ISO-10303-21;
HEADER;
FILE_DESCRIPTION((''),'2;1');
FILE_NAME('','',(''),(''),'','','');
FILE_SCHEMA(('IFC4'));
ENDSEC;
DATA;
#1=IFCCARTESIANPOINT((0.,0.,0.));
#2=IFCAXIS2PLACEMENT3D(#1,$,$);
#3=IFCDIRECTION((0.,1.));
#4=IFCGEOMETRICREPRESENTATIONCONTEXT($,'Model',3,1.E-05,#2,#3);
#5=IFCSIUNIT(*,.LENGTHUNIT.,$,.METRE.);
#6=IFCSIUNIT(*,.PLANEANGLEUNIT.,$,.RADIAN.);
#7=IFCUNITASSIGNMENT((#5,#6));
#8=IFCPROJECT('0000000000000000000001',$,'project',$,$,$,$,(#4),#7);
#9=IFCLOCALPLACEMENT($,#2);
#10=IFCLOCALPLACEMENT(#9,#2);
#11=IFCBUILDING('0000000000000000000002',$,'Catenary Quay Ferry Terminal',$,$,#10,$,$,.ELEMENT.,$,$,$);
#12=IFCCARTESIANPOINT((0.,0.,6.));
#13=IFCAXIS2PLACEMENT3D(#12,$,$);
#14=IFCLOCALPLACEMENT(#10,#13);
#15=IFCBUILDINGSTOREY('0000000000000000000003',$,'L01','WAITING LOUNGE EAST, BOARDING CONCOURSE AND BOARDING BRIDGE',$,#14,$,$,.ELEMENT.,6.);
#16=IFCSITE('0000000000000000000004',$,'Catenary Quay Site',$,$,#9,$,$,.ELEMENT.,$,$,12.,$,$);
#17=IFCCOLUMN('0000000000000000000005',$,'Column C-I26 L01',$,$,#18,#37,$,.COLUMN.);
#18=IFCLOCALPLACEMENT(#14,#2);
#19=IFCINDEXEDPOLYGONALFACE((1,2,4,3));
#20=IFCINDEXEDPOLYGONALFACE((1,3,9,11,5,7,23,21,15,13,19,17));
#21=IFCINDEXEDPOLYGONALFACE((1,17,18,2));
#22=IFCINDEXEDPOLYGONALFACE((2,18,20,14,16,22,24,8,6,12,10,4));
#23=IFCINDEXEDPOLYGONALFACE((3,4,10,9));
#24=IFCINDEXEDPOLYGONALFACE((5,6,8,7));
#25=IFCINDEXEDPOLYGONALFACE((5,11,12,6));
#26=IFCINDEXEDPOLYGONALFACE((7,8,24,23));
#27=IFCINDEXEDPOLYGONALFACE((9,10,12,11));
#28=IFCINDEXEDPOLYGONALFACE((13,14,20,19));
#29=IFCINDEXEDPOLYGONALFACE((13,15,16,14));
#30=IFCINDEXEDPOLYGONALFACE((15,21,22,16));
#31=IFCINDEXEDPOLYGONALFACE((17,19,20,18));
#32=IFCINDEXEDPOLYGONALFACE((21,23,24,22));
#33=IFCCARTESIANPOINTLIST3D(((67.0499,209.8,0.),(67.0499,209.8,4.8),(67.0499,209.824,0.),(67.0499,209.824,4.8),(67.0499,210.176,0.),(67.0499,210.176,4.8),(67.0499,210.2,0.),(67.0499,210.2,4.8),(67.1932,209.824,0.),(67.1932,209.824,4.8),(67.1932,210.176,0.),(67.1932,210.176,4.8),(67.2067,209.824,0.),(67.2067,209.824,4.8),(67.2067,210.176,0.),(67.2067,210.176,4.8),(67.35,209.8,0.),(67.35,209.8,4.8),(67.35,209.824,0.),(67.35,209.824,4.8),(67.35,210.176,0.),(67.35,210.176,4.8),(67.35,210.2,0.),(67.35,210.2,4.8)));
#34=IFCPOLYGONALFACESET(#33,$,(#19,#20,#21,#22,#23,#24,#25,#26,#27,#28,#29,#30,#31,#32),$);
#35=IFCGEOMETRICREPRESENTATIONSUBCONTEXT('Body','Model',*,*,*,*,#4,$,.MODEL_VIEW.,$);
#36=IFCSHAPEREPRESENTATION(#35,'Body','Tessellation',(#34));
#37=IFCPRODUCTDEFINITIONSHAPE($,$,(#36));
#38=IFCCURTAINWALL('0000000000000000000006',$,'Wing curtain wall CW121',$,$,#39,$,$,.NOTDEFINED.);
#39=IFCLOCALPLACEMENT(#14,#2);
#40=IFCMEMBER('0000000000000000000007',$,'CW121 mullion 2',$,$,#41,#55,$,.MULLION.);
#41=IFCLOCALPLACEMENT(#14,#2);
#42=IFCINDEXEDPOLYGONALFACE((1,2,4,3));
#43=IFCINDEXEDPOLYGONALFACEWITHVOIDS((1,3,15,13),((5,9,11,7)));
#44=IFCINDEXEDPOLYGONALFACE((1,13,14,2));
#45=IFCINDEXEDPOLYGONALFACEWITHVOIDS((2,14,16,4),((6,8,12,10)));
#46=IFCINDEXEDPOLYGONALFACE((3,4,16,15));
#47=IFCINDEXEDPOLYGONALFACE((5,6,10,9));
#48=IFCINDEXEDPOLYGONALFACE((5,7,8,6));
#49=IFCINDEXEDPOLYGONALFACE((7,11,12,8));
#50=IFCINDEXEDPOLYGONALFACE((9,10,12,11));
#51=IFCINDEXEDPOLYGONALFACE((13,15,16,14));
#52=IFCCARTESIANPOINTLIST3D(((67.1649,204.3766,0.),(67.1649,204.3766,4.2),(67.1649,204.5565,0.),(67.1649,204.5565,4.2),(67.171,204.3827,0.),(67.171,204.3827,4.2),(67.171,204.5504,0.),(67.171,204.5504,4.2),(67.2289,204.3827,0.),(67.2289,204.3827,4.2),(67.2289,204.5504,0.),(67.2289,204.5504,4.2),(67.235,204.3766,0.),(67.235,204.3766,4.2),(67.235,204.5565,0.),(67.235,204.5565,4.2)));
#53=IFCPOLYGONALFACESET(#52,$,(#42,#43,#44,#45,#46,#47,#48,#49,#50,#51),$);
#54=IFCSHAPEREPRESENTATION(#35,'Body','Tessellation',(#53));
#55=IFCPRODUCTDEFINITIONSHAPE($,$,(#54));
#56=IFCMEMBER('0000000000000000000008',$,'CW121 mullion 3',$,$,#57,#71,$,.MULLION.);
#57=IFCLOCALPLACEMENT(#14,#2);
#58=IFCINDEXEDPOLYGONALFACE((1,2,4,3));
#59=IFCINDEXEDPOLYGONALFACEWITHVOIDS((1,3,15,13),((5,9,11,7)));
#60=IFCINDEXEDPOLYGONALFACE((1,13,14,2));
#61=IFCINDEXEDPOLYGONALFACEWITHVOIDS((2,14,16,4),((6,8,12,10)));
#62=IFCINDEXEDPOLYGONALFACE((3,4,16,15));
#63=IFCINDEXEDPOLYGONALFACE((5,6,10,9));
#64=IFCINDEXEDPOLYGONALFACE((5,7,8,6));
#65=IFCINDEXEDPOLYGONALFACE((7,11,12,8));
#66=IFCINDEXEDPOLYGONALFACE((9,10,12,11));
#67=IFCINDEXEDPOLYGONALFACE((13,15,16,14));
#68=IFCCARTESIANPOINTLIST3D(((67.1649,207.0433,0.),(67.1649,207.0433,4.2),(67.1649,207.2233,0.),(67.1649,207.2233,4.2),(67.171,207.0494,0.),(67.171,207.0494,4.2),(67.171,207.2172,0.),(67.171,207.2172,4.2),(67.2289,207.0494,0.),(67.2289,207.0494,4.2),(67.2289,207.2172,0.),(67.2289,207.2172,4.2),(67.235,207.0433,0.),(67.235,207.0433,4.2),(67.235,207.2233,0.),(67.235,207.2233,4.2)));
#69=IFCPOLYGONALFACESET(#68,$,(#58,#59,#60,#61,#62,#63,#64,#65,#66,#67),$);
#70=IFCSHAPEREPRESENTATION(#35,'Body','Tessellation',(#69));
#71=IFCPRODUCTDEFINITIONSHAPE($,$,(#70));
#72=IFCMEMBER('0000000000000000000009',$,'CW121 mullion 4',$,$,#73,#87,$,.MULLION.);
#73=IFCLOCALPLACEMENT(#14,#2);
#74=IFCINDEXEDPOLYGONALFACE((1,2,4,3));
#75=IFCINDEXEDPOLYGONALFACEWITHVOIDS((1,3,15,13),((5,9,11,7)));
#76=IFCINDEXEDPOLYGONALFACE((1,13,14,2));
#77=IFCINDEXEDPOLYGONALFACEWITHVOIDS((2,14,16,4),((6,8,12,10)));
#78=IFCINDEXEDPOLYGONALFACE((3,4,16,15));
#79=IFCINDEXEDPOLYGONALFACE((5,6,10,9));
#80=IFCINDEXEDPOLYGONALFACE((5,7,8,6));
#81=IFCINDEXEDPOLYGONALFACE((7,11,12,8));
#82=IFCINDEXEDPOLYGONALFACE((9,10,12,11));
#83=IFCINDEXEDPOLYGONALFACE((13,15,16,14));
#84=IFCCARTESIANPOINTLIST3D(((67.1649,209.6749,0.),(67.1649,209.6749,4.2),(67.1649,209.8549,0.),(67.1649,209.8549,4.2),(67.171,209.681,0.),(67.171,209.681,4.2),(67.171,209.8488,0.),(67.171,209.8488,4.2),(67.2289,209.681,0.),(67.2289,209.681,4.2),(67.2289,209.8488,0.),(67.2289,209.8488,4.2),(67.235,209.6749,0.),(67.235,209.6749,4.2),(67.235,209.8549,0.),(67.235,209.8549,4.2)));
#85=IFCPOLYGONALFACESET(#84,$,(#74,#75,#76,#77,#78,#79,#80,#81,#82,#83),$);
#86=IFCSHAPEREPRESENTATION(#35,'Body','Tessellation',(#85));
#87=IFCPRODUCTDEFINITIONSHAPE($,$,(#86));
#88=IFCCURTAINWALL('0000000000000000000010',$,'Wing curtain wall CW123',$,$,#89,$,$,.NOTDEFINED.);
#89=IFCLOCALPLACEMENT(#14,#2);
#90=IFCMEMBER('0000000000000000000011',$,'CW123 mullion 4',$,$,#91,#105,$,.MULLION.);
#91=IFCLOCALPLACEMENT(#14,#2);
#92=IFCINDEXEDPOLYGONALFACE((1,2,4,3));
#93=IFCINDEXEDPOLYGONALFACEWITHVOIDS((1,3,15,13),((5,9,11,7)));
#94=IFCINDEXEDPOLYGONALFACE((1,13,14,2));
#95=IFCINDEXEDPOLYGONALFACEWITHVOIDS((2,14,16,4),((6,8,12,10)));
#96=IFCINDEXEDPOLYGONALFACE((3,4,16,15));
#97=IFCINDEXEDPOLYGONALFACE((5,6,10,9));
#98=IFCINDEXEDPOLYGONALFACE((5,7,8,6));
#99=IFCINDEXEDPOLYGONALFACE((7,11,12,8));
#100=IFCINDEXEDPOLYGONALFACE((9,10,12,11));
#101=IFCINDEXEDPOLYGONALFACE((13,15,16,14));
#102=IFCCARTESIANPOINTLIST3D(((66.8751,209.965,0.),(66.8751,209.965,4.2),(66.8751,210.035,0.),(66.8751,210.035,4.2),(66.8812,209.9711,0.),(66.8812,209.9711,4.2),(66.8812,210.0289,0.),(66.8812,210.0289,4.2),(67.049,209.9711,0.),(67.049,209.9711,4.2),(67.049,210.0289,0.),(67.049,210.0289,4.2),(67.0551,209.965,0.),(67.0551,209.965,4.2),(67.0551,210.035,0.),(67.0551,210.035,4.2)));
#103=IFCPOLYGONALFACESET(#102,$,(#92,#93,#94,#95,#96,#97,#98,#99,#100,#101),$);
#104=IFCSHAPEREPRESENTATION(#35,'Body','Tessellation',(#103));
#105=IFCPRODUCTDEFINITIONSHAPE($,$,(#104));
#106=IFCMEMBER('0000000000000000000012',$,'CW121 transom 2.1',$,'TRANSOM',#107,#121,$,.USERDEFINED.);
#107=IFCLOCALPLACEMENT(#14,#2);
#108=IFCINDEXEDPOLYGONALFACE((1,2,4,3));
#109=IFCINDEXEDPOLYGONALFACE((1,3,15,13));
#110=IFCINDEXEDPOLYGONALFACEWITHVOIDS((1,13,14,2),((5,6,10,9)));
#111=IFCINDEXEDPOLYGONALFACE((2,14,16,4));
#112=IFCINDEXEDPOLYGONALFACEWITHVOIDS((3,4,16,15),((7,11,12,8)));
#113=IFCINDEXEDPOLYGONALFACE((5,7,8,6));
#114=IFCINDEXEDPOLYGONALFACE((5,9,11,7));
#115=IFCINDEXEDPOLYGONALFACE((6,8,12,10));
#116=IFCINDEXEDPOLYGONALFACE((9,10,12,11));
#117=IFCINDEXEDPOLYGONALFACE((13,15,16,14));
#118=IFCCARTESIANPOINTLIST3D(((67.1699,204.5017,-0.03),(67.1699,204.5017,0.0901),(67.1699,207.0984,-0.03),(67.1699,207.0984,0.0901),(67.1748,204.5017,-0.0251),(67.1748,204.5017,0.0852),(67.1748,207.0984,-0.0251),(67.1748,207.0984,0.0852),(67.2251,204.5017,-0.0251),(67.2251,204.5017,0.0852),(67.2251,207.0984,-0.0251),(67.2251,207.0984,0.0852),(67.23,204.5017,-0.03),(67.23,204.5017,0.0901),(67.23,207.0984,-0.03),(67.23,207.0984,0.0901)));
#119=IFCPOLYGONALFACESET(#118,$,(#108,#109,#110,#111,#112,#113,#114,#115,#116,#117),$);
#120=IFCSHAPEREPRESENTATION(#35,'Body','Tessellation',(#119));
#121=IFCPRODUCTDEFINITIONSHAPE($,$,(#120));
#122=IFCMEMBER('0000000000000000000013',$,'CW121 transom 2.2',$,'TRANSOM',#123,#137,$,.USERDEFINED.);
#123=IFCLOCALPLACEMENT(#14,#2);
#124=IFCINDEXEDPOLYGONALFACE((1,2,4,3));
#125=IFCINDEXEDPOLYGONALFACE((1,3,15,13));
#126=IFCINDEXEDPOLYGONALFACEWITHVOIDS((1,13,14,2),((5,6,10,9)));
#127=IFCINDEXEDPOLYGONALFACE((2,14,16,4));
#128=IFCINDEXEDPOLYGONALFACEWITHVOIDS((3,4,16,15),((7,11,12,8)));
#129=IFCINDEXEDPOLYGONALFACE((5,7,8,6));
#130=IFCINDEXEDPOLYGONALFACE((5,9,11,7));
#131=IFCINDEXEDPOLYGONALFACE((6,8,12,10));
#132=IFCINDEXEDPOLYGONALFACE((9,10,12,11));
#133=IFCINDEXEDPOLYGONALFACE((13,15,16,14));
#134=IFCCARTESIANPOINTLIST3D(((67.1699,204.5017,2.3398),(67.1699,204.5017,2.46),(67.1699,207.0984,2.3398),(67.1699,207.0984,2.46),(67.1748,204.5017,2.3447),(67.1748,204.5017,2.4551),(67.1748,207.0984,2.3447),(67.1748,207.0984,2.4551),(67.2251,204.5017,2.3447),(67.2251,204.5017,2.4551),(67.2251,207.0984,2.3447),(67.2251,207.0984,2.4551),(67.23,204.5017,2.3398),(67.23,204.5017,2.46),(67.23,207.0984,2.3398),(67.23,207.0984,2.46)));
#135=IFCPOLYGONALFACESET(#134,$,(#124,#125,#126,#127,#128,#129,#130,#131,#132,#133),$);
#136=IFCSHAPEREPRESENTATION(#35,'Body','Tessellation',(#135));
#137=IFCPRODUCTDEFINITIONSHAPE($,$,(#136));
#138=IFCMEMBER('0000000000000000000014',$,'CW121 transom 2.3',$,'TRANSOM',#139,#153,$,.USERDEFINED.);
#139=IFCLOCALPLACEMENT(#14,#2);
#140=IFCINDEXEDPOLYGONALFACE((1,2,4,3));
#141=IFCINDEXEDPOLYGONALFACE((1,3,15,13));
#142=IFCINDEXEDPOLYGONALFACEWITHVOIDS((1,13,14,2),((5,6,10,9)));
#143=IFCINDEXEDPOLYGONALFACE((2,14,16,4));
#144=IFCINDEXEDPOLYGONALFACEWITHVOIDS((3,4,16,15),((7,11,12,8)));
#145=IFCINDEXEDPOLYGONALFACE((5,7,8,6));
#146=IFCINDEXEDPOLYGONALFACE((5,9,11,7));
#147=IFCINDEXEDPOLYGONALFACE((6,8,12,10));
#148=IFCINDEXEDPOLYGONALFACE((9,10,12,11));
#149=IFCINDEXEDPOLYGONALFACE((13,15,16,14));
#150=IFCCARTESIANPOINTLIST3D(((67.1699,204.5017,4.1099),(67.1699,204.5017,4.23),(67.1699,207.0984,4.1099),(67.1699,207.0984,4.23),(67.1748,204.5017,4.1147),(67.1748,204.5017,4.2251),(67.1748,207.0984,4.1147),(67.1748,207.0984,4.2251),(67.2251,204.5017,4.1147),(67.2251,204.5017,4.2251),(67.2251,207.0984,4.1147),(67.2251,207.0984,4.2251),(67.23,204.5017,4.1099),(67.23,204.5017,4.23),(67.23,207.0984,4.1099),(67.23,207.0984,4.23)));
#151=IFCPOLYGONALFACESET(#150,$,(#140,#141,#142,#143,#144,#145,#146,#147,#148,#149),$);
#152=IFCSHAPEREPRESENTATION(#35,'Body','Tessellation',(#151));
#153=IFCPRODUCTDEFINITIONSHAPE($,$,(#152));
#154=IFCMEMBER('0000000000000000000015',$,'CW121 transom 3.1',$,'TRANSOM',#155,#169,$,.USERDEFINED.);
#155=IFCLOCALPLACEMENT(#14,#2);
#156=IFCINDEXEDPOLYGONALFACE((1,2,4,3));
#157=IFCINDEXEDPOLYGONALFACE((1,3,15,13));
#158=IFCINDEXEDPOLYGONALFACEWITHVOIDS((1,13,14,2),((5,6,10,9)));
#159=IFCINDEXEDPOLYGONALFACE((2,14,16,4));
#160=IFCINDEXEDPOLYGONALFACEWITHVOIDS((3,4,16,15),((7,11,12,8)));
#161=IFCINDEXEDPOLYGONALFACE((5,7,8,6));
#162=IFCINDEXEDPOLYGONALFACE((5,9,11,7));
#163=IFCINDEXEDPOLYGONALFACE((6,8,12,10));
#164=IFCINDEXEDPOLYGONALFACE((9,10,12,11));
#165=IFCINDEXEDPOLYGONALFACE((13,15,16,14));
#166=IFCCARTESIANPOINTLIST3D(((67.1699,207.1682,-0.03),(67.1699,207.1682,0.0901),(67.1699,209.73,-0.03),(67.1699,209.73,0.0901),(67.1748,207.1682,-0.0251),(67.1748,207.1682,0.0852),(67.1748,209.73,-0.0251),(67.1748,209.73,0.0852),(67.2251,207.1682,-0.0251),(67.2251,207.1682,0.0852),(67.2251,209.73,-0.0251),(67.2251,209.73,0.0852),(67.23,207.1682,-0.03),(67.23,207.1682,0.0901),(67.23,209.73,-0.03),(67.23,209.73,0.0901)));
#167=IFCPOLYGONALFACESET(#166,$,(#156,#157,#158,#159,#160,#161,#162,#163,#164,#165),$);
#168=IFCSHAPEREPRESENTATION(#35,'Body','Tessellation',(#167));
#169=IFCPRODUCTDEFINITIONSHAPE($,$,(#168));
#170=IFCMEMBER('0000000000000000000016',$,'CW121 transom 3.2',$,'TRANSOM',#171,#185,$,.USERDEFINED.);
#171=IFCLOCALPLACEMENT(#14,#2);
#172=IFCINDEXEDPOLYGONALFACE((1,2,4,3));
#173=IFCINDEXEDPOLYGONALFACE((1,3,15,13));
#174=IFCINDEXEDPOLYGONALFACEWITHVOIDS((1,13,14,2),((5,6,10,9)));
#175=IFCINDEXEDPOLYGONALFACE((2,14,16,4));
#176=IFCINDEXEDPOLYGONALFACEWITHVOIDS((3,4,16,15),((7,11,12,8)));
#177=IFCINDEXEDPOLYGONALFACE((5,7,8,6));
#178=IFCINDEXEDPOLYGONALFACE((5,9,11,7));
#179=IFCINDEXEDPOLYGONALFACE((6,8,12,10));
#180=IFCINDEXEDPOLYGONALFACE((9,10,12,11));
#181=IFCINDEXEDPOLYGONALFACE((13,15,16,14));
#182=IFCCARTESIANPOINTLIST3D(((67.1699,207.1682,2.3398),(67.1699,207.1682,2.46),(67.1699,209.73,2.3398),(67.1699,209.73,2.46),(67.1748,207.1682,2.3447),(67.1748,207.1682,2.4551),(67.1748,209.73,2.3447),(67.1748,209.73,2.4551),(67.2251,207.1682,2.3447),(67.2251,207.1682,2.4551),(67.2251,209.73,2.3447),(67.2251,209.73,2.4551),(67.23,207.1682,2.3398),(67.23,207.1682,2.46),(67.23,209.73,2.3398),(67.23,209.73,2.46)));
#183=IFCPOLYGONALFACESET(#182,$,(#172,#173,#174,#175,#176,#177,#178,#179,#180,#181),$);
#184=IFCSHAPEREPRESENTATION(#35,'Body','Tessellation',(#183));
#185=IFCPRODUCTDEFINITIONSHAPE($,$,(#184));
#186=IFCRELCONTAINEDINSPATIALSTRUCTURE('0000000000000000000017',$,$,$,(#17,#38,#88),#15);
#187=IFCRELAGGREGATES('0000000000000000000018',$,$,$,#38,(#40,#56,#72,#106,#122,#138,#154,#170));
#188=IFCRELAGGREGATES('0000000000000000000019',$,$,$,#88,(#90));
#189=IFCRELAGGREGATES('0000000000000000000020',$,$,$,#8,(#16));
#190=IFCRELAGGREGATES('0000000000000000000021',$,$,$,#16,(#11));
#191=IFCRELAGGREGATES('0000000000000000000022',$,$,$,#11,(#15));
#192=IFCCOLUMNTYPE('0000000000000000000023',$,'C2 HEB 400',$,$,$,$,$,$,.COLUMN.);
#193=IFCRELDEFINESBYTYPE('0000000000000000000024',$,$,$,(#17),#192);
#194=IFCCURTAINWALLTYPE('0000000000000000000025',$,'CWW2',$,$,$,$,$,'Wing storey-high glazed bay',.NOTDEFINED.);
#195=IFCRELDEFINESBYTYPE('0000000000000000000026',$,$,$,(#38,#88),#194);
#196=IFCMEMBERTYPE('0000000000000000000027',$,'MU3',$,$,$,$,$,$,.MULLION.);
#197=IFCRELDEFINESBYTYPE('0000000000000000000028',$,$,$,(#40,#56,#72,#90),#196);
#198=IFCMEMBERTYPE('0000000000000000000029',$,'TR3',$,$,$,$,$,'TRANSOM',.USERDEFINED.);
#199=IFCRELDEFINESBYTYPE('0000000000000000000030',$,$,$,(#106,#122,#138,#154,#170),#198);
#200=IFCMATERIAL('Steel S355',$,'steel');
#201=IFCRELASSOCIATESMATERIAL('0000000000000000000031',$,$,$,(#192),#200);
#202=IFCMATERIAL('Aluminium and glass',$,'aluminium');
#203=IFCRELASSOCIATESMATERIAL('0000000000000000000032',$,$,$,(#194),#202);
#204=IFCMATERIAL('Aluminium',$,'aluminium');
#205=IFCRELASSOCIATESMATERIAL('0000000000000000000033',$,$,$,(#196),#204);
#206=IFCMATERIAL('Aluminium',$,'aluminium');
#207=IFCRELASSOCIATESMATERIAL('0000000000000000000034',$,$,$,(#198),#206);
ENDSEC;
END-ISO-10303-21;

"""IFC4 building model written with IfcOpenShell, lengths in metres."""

from ifc_helpers import new_model, si_unit, direction, frame, origin, origin_2d, place, context, subcontext, project, spatial, hollow_rectangle, i_section, extrude, material, material_profile, profile_set, type_object, element, aggregate, save


model = new_model("IFC4")

# Units and contexts
model_context = context("Model", 3, precision=1e-05, world=origin(), true_north=direction((0.0, 1.0)))
body_context = subcontext(model_context, "Body", "Model", "MODEL_VIEW")
ifc_project = project(units=[si_unit("LENGTHUNIT", "METRE"), si_unit("PLANEANGLEUNIT", "RADIAN")], contexts=[model_context])

# Site, building, storey
site_placement = place(None, origin())
site = spatial("IfcSite", under=ifc_project, at=site_placement, Name="Catenary Quay Site", CompositionType="ELEMENT", RefElevation=12.0)
building_placement = place(site_placement, origin())
building = spatial("IfcBuilding", under=site, at=building_placement, Name="Catenary Quay Ferry Terminal", CompositionType="ELEMENT")
storey_placement = place(building_placement, frame((0.0, 0.0, 6.0)))
storey = spatial("IfcBuildingStorey", under=building, at=storey_placement, Name="L01", Description="WAITING LOUNGE EAST, BOARDING CONCOURSE AND BOARDING BRIDGE", CompositionType="ELEMENT", Elevation=6.0)

# Column
ifc_material_1 = material(Name="Steel S355", Category="steel")
ifc_material_profile_1 = material_profile(ifc_material_1, i_section(OverallWidth=0.3, OverallDepth=0.3999, WebThickness=0.0134, FlangeThickness=0.0239, at=origin_2d()), Name="HEB 400")
ifc_profile_set_1 = profile_set([ifc_material_profile_1], Name="Steel S355")
column_type = type_object("IfcColumnType", Name="C2 HEB 400", PredefinedType="COLUMN", material=ifc_profile_set_1)
column_placement = place(storey_placement, frame((67.2, 210.0, 0.0), z_axis=(0.0, 0.0, 1.0), x_axis=(1.0, 0.0, 0.0)))
element("IfcColumn", 1, at=column_placement, inside=storey, type_object=column_type, Name="Column C-I26 L01", PredefinedType="COLUMN", context=body_context, shape_type="SweptSolid", body=[
    extrude(i_section(OverallWidth=0.3, OverallDepth=0.3999, WebThickness=0.0134, FlangeThickness=0.0239, at=origin_2d()), origin(), (0.0, 0.0, 1.0), 4.8),
])

# Curtain wall, members
ifc_material_2 = material(Name="Aluminium and glass", Category="aluminium")
curtain_wall_type = type_object("IfcCurtainWallType", Name="CWW2", ElementType="Wing storey-high glazed bay", PredefinedType="NOTDEFINED", material=ifc_material_2)
curtain_wall_1_placement = place(storey_placement, origin())
curtain_wall_1 = element("IfcCurtainWall", 2, at=curtain_wall_1_placement, inside=storey, type_object=curtain_wall_type, Name="Wing curtain wall CW121", PredefinedType="NOTDEFINED")
ifc_material_3 = material(Name="Aluminium", Category="aluminium")
ifc_material_profile_2 = material_profile(ifc_material_3, hollow_rectangle(XDim=0.0701, YDim=0.1799, WallThickness=0.0061, at=origin_2d()), Name="MU3")
ifc_profile_set_2 = profile_set([ifc_material_profile_2], Name="Aluminium")
member_type_1 = type_object("IfcMemberType", Name="MU3", PredefinedType="MULLION", material=ifc_profile_set_2)
member_1_placement = place(storey_placement, frame((67.2, 204.4666, 0.0), z_axis=(0.0, 0.0, 1.0), x_axis=(-1.0, 0.0, 0.0)))
member_1 = element("IfcMember", 3, at=member_1_placement, type_object=member_type_1, Name="CW121 mullion 2", PredefinedType="MULLION", context=body_context, shape_type="SweptSolid", body=[
    extrude(hollow_rectangle(XDim=0.0701, YDim=0.1799, WallThickness=0.0061, at=origin_2d()), origin(), (0.0, 0.0, 1.0), 4.2),
])
member_2_placement = place(storey_placement, frame((67.2, 207.1333, 0.0), z_axis=(0.0, 0.0, 1.0), x_axis=(-1.0, 0.0, 0.0)))
member_2 = element("IfcMember", 4, at=member_2_placement, type_object=member_type_1, Name="CW121 mullion 3", PredefinedType="MULLION", context=body_context, shape_type="SweptSolid", body=[
    extrude(hollow_rectangle(XDim=0.0701, YDim=0.1799, WallThickness=0.0061, at=origin_2d()), origin(), (0.0, 0.0, 1.0), 4.2),
])
member_3_placement = place(storey_placement, frame((67.2, 209.7649, 0.0), z_axis=(0.0, 0.0, 1.0), x_axis=(-1.0, 0.0, 0.0)))
member_3 = element("IfcMember", 5, at=member_3_placement, type_object=member_type_1, Name="CW121 mullion 4", PredefinedType="MULLION", context=body_context, shape_type="SweptSolid", body=[
    extrude(hollow_rectangle(XDim=0.0701, YDim=0.1799, WallThickness=0.0061, at=origin_2d()), origin(), (0.0, 0.0, 1.0), 4.2),
])

# Curtain wall, member
curtain_wall_2_placement = place(storey_placement, origin())
curtain_wall_2 = element("IfcCurtainWall", 6, at=curtain_wall_2_placement, inside=storey, type_object=curtain_wall_type, Name="Wing curtain wall CW123", PredefinedType="NOTDEFINED")
member_4_placement = place(storey_placement, frame((66.9651, 210.0, 0.0), z_axis=(0.0, 0.0, 1.0), x_axis=(0.0, 1.0, 0.0)))
member_4 = element("IfcMember", 7, at=member_4_placement, type_object=member_type_1, Name="CW123 mullion 4", PredefinedType="MULLION", context=body_context, shape_type="SweptSolid", body=[
    extrude(hollow_rectangle(XDim=0.0701, YDim=0.1799, WallThickness=0.0061, at=origin_2d()), origin(), (0.0, 0.0, 1.0), 4.2),
])

# Members
ifc_material_4 = material(Name="Aluminium", Category="aluminium")
ifc_material_profile_3 = material_profile(ifc_material_4, hollow_rectangle(XDim=0.0601, YDim=0.1201, WallThickness=0.0049, at=origin_2d()), Name="TR3")
ifc_profile_set_3 = profile_set([ifc_material_profile_3], Name="Aluminium")
member_type_2 = type_object("IfcMemberType", Name="TR3", ElementType="TRANSOM", PredefinedType="USERDEFINED", material=ifc_profile_set_3)
member_5_placement = place(storey_placement, frame((67.2, 204.5017, 0.03), z_axis=(0.0, 1.0, 0.0), x_axis=(-1.0, 0.0, 0.0)))
member_5 = element("IfcMember", 8, at=member_5_placement, type_object=member_type_2, Name="CW121 transom 2.1", ObjectType="TRANSOM", PredefinedType="USERDEFINED", context=body_context, shape_type="SweptSolid", body=[
    extrude(hollow_rectangle(XDim=0.0601, YDim=0.1201, WallThickness=0.0049, at=origin_2d()), origin(), (0.0, 0.0, 1.0), 2.5967),
])
member_6_placement = place(storey_placement, frame((67.2, 204.5017, 2.3999), z_axis=(0.0, 1.0, 0.0), x_axis=(-1.0, 0.0, 0.0)))
member_6 = element("IfcMember", 9, at=member_6_placement, type_object=member_type_2, Name="CW121 transom 2.2", ObjectType="TRANSOM", PredefinedType="USERDEFINED", context=body_context, shape_type="SweptSolid", body=[
    extrude(hollow_rectangle(XDim=0.0601, YDim=0.1201, WallThickness=0.0049, at=origin_2d()), origin(), (0.0, 0.0, 1.0), 2.5967),
])
member_7_placement = place(storey_placement, frame((67.2, 204.5017, 4.1699), z_axis=(0.0, 1.0, 0.0), x_axis=(-1.0, 0.0, 0.0)))
member_7 = element("IfcMember", 10, at=member_7_placement, type_object=member_type_2, Name="CW121 transom 2.3", ObjectType="TRANSOM", PredefinedType="USERDEFINED", context=body_context, shape_type="SweptSolid", body=[
    extrude(hollow_rectangle(XDim=0.0601, YDim=0.1201, WallThickness=0.0049, at=origin_2d()), origin(), (0.0, 0.0, 1.0), 2.5967),
])
member_8_placement = place(storey_placement, frame((67.2, 207.1682, 0.03), z_axis=(0.0, 1.0, 0.0), x_axis=(-1.0, 0.0, 0.0)))
member_8 = element("IfcMember", 11, at=member_8_placement, type_object=member_type_2, Name="CW121 transom 3.1", ObjectType="TRANSOM", PredefinedType="USERDEFINED", context=body_context, shape_type="SweptSolid", body=[
    extrude(hollow_rectangle(XDim=0.0601, YDim=0.1201, WallThickness=0.0049, at=origin_2d()), origin(), (0.0, 0.0, 1.0), 2.5618),
])
member_9_placement = place(storey_placement, frame((67.2, 207.1682, 2.3999), z_axis=(0.0, 1.0, 0.0), x_axis=(-1.0, 0.0, 0.0)))
member_9 = element("IfcMember", 12, at=member_9_placement, type_object=member_type_2, Name="CW121 transom 3.2", ObjectType="TRANSOM", PredefinedType="USERDEFINED", context=body_context, shape_type="SweptSolid", body=[
    extrude(hollow_rectangle(XDim=0.0601, YDim=0.1201, WallThickness=0.0049, at=origin_2d()), origin(), (0.0, 0.0, 1.0), 2.5618),
])

aggregate(curtain_wall_1, [member_1, member_2, member_3, member_5, member_6, member_7, member_8, member_9])
aggregate(curtain_wall_2, [member_4])

save(model, "model.ifc")
